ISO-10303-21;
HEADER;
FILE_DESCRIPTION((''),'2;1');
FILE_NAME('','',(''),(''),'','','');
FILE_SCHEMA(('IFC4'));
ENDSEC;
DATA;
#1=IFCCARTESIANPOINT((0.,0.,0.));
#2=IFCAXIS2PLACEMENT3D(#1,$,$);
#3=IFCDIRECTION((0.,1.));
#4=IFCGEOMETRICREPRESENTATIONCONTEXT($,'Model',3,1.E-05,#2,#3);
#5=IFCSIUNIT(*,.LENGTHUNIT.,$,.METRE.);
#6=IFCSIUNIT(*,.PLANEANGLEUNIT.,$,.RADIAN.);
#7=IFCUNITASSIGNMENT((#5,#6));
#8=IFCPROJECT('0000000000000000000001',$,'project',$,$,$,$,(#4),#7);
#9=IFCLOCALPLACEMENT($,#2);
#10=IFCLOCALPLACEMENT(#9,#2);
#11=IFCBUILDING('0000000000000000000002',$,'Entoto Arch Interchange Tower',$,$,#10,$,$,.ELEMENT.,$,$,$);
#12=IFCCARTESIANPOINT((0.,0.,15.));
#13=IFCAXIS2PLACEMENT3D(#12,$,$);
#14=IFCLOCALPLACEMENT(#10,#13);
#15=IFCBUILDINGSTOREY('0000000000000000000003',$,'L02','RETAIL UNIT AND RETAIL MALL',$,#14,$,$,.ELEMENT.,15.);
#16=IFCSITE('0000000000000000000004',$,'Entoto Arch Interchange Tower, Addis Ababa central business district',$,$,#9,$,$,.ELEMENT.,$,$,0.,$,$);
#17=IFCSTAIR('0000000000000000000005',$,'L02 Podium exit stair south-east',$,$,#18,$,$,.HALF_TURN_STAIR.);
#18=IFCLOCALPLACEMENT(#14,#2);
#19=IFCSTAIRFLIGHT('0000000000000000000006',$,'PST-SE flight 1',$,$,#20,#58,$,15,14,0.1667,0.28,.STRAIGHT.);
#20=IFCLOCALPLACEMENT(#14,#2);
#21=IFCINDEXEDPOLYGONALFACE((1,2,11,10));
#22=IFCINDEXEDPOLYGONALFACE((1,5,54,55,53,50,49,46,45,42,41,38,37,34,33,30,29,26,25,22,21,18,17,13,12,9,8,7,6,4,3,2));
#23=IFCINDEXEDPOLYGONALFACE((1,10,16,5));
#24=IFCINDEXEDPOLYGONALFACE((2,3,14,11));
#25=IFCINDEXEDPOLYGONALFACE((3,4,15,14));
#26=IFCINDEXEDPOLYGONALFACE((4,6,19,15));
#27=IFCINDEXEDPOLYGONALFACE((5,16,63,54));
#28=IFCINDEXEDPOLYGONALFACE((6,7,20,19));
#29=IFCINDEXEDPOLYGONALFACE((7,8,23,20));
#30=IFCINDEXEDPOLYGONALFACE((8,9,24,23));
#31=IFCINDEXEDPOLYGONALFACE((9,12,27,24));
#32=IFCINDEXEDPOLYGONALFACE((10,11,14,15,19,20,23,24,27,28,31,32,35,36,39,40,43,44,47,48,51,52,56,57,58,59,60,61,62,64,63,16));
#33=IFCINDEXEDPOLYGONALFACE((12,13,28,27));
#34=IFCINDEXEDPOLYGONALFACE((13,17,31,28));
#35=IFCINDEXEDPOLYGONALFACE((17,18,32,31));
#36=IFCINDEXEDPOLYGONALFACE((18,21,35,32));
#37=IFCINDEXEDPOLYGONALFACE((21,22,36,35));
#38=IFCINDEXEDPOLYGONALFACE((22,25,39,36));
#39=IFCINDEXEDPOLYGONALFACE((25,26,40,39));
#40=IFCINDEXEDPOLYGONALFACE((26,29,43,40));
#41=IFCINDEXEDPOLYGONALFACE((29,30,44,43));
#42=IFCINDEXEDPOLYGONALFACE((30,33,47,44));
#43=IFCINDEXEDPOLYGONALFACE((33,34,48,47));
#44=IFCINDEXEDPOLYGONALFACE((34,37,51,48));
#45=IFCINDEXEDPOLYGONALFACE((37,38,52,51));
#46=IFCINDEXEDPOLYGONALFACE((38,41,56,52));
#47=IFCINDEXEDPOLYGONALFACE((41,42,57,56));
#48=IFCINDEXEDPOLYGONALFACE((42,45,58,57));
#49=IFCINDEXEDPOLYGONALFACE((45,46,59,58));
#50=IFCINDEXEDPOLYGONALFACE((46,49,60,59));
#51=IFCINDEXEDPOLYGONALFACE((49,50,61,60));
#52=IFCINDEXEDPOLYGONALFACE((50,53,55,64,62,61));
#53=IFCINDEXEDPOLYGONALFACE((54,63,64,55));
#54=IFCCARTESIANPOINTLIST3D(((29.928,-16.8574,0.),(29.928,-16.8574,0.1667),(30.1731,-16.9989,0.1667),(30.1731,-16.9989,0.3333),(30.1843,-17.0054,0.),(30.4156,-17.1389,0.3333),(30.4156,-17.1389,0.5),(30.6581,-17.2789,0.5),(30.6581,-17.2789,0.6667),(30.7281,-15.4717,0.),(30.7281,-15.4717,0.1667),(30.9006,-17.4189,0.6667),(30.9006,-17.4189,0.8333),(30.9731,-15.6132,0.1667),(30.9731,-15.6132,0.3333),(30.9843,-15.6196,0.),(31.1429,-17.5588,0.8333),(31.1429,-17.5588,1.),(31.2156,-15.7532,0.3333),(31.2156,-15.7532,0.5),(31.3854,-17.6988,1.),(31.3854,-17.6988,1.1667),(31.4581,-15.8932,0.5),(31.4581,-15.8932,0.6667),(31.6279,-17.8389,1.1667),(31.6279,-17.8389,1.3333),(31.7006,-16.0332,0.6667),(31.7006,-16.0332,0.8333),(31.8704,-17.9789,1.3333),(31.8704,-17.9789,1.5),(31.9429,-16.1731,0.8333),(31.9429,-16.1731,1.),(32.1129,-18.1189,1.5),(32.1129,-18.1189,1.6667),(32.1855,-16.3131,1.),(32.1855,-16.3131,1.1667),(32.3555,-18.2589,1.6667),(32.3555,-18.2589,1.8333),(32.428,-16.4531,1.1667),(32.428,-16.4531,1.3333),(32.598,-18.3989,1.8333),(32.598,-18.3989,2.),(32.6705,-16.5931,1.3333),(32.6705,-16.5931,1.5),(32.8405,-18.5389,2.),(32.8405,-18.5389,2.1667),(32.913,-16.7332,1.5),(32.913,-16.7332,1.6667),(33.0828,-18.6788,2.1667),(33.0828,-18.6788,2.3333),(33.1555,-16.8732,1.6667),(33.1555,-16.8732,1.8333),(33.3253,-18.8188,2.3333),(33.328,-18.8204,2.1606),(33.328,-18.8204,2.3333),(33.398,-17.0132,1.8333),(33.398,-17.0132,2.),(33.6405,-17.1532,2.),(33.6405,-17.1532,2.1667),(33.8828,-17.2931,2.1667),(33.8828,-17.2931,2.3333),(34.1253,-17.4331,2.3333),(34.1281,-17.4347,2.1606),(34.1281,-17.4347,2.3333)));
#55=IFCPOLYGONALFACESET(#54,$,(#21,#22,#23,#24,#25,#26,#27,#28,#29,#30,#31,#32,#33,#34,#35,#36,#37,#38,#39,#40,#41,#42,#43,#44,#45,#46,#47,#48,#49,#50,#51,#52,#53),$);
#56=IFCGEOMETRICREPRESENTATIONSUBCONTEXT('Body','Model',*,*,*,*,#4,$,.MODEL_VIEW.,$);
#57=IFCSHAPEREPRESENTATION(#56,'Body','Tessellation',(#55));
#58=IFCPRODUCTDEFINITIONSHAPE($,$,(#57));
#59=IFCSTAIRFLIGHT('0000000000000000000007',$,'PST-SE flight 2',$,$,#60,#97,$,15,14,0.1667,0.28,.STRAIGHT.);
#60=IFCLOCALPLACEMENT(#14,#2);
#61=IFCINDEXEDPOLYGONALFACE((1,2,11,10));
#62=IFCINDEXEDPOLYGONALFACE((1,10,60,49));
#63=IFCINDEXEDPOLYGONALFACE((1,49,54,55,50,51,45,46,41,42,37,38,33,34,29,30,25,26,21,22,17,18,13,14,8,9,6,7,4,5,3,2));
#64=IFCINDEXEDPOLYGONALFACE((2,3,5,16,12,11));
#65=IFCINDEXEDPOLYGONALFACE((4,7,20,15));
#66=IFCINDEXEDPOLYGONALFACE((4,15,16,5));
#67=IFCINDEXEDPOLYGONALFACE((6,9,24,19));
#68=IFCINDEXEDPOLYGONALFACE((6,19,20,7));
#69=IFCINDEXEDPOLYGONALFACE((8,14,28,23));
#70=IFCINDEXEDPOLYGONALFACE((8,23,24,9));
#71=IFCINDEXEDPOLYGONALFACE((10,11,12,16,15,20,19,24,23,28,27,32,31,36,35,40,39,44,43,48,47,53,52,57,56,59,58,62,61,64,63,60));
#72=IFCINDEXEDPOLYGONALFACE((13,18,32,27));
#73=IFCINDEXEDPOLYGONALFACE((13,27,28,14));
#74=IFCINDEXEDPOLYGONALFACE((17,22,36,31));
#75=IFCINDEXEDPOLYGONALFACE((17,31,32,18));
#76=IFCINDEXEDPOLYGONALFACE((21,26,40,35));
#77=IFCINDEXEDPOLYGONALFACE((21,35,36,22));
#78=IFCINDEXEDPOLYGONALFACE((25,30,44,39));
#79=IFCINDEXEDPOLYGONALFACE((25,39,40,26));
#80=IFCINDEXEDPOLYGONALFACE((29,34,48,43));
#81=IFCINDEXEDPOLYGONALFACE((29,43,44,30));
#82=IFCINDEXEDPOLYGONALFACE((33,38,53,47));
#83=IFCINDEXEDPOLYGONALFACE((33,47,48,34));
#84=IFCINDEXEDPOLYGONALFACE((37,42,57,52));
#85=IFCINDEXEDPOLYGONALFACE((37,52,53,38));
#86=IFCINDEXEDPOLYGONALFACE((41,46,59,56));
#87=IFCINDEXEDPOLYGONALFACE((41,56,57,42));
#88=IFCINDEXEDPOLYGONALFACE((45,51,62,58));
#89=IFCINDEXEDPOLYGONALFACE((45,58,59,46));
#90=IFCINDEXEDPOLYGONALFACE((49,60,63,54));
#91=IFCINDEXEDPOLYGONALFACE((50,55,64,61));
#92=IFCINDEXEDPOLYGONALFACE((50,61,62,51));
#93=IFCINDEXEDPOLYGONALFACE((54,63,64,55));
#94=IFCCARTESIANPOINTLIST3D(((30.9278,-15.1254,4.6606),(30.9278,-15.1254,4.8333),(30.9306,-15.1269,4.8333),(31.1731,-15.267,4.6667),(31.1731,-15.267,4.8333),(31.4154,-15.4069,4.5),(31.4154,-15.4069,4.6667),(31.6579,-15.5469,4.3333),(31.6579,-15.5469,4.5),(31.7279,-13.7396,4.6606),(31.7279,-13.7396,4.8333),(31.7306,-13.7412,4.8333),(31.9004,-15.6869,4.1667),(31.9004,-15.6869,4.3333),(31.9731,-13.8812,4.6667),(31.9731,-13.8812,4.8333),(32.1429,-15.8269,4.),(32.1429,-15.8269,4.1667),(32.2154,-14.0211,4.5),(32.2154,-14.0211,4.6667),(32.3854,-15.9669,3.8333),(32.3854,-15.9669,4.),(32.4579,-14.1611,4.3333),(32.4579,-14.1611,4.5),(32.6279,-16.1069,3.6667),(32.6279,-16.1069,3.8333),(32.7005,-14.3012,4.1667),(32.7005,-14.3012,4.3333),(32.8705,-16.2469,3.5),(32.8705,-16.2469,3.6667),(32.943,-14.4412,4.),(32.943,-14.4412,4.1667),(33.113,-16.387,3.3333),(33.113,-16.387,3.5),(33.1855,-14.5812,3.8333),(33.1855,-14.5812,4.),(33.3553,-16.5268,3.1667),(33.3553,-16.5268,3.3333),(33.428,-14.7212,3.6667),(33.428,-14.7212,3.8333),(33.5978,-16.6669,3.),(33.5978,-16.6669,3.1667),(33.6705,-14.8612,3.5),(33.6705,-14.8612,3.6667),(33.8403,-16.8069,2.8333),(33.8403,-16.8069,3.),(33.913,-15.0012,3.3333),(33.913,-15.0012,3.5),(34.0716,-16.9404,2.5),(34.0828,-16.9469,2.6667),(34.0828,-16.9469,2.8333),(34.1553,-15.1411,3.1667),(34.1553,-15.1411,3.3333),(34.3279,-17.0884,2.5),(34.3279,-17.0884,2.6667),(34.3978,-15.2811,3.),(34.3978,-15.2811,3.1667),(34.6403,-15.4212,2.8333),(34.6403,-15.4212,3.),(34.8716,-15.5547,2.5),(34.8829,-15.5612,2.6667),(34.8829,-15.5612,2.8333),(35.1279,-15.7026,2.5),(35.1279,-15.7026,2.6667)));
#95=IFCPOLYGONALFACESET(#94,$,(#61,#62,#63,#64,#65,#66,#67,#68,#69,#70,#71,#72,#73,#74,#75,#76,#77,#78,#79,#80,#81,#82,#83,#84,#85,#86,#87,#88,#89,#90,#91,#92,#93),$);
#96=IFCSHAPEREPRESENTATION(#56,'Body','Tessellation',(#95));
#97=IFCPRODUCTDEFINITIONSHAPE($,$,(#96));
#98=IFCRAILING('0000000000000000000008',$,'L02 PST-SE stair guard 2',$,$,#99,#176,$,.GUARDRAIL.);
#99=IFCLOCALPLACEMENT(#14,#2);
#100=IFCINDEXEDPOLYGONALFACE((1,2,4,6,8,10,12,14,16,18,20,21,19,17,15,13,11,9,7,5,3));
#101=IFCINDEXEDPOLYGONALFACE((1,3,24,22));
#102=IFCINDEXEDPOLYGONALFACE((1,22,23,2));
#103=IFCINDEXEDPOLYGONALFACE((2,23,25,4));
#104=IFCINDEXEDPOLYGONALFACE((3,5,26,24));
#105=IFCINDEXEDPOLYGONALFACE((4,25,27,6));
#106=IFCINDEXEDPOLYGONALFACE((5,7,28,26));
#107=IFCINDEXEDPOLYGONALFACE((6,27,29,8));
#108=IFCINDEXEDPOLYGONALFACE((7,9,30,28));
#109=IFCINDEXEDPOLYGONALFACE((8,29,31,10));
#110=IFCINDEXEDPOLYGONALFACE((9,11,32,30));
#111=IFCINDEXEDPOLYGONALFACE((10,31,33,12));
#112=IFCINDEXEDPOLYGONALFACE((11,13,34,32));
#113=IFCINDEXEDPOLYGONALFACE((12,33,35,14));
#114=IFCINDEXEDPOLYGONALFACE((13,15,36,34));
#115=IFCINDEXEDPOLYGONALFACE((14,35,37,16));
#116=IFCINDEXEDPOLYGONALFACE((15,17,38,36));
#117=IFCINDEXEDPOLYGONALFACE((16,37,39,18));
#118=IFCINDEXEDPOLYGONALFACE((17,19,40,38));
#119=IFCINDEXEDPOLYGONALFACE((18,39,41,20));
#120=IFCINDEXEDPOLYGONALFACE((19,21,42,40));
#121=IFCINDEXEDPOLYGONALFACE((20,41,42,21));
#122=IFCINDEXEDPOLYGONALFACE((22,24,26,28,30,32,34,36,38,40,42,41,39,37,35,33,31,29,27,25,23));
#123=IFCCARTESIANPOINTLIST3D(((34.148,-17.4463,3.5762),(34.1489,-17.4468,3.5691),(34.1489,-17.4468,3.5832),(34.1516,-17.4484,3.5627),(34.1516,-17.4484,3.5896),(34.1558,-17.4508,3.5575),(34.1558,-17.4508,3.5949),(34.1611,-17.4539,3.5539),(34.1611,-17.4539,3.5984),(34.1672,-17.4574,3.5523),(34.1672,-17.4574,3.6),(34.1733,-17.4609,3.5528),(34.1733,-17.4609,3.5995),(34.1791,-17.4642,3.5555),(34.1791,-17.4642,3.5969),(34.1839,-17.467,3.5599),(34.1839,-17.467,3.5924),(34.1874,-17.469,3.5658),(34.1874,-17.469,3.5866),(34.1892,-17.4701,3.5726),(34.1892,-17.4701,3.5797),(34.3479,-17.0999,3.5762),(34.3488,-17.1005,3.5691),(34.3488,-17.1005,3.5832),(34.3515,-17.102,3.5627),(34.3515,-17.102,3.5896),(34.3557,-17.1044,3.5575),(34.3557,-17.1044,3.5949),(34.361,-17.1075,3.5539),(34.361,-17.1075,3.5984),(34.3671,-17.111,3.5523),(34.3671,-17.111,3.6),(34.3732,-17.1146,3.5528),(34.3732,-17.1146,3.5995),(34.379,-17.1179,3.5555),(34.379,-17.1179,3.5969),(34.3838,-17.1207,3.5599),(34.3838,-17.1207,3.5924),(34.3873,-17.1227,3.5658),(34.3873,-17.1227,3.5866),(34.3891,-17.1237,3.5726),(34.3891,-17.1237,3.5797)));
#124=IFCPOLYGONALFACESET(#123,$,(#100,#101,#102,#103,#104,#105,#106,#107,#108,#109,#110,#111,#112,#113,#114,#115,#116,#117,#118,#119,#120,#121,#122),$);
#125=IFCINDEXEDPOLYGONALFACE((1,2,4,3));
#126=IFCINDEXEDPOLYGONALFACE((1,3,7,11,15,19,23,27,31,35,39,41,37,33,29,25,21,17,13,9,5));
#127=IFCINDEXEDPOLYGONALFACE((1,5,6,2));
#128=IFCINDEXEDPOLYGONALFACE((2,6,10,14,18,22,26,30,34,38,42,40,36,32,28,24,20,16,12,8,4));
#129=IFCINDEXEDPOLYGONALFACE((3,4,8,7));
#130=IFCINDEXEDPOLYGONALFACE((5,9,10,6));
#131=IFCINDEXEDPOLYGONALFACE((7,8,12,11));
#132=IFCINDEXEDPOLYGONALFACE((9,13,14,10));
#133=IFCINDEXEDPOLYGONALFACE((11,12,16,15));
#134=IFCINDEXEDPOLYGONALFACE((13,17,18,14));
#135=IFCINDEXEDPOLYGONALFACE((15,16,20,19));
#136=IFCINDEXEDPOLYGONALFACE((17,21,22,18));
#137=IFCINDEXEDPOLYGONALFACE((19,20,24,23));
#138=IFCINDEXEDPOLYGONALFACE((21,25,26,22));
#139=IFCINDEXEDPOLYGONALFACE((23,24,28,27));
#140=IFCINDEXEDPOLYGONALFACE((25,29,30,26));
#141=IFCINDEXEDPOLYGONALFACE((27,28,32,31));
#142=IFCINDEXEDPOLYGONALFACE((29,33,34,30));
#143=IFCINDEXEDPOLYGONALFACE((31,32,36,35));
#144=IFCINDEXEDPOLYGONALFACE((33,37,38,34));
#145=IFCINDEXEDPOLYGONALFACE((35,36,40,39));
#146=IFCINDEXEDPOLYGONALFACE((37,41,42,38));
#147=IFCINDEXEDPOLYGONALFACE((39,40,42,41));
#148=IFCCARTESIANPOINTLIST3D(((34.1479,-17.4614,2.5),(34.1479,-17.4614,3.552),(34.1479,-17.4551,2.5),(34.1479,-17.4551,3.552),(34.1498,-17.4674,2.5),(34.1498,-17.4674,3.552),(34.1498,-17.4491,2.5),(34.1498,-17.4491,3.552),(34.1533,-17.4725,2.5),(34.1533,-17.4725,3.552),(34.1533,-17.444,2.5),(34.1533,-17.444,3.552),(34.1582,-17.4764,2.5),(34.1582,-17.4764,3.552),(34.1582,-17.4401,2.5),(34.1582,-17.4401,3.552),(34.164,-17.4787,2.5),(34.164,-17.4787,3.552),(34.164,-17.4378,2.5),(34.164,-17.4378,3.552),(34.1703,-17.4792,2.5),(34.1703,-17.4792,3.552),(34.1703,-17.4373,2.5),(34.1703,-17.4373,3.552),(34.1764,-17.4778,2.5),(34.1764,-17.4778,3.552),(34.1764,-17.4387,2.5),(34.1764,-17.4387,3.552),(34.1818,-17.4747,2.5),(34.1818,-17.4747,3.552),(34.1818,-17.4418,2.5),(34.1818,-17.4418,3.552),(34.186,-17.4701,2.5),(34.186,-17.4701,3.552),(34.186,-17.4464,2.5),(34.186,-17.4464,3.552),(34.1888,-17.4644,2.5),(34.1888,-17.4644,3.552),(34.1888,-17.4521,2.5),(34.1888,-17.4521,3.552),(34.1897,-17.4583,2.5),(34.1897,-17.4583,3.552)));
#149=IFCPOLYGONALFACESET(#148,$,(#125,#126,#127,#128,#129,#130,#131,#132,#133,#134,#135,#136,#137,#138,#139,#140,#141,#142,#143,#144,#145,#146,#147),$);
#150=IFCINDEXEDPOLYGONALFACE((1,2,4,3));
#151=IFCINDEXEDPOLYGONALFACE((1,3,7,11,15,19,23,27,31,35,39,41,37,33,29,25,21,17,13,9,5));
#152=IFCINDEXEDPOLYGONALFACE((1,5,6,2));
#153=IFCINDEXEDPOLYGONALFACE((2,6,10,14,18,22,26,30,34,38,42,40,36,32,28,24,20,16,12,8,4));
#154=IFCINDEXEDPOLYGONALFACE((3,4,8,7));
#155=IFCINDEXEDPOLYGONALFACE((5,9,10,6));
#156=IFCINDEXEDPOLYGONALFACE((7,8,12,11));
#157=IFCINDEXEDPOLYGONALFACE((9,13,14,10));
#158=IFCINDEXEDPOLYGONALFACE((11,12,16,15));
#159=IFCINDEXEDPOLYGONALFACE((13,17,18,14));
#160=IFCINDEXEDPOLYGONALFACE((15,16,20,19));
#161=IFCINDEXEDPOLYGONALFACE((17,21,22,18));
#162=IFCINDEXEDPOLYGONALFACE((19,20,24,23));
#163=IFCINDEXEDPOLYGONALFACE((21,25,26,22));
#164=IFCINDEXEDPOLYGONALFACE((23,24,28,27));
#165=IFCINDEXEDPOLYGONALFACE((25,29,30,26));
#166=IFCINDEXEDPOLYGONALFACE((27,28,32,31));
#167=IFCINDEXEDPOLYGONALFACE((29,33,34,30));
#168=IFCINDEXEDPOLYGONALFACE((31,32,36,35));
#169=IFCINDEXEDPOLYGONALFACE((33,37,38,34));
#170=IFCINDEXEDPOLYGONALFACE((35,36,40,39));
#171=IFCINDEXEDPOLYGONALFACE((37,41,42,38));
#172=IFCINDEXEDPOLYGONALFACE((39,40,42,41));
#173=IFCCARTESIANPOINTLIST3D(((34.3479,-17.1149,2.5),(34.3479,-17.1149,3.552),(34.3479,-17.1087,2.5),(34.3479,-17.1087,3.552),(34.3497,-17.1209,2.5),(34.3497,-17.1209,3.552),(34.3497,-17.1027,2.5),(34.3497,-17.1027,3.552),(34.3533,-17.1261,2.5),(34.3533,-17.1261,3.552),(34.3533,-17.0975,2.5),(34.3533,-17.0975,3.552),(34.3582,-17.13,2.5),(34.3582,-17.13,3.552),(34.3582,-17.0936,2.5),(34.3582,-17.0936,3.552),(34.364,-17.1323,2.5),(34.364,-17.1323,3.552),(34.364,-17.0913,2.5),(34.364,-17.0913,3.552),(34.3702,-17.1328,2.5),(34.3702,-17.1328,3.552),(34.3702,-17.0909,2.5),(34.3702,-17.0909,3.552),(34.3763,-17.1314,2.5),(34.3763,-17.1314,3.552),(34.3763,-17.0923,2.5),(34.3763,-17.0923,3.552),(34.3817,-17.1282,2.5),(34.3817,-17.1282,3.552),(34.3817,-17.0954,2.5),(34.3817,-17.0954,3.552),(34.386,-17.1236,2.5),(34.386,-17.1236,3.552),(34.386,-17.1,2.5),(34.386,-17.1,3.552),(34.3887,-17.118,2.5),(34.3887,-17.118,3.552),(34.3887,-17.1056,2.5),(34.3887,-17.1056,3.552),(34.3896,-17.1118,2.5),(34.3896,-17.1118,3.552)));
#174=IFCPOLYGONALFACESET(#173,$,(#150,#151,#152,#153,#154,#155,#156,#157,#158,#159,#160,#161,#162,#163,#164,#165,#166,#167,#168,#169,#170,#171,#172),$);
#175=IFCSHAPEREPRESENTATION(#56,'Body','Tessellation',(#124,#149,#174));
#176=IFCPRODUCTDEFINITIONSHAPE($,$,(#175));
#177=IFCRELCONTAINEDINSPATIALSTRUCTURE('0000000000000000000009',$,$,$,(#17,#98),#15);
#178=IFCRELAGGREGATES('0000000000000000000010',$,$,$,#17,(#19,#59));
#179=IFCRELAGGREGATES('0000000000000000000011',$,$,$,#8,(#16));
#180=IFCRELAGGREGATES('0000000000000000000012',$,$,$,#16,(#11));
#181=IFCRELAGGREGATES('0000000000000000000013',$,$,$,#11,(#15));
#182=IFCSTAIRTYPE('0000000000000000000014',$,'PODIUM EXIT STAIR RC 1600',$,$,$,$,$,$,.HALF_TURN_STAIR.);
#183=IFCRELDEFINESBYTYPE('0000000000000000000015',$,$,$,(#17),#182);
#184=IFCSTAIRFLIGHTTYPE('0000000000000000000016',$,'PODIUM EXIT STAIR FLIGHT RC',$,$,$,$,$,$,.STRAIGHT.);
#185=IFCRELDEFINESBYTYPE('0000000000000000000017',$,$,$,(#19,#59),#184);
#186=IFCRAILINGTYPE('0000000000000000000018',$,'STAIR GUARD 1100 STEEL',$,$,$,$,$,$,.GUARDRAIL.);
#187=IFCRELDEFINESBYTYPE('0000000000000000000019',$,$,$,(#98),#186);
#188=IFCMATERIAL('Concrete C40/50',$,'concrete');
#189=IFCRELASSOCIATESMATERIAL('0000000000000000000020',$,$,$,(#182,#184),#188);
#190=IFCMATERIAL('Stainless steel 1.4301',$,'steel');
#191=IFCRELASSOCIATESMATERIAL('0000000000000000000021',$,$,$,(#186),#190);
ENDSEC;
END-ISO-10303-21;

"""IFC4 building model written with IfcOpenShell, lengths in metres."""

from ifc_helpers import new_model, si_unit, direction, frame, origin, origin_2d, place, context, subcontext, project, spatial, polyline, circle, outline, extrude, material, type_object, element, aggregate, save


model = new_model("IFC4")

# Units and contexts
model_context = context("Model", 3, precision=1e-05, world=origin(), true_north=direction((0.0, 1.0)))
body_context = subcontext(model_context, "Body", "Model", "MODEL_VIEW")
ifc_project = project(units=[si_unit("LENGTHUNIT", "METRE"), si_unit("PLANEANGLEUNIT", "RADIAN")], contexts=[model_context])

# Site, building, storey
site_placement = place(None, origin())
site = spatial("IfcSite", under=ifc_project, at=site_placement, Name="Entoto Arch Interchange Tower, Addis Ababa central business district", CompositionType="ELEMENT", RefElevation=0.0)
building_placement = place(site_placement, origin())
building = spatial("IfcBuilding", under=site, at=building_placement, Name="Entoto Arch Interchange Tower", CompositionType="ELEMENT")
storey_placement = place(building_placement, frame((0.0, 0.0, 15.0)))
storey = spatial("IfcBuildingStorey", under=building, at=storey_placement, Name="L02", Description="RETAIL UNIT AND RETAIL MALL", CompositionType="ELEMENT", Elevation=15.0)

# Shared definitions
ifc_material_1 = material(Name="Concrete C40/50", Category="concrete")

# Stair, stair flights
stair_type = type_object("IfcStairType", Name="PODIUM EXIT STAIR RC 1600", PredefinedType="HALF_TURN_STAIR", material=ifc_material_1)
stair_placement = place(storey_placement, origin())
stair = element("IfcStair", 1, at=stair_placement, inside=storey, type_object=stair_type, Name="L02 Podium exit stair south-east", PredefinedType="HALF_TURN_STAIR")
stair_flight_type = type_object("IfcStairFlightType", Name="PODIUM EXIT STAIR FLIGHT RC", PredefinedType="STRAIGHT", material=ifc_material_1)
stair_flight_1_placement = place(storey_placement, frame((30.3306, -16.166, 0.0), z_axis=(0.0, 0.0, 1.0), x_axis=(0.866025, -0.5, 0.0)))
stair_flight_1 = element("IfcStairFlight", 2, at=stair_flight_1_placement, type_object=stair_flight_type, Name="PST-SE flight 1", NumberOfRisers=15, NumberOfTreads=14, PredefinedType="STRAIGHT", RiserHeight=0.1667, TreadLength=0.28, context=body_context, shape_type="SweptSolid", body=[
    extrude(outline(polyline([(-0.0029, 0.0), (-0.0029, 0.1667), (0.28, 0.1667), (0.28, 0.3333), (0.5601, 0.3333), (0.5601, 0.5), (0.8401, 0.5), (0.8401, 0.6667), (1.1201, 0.6667), (1.1201, 0.8333), (1.3999, 0.8333), (1.3999, 1.0), (1.6799, 1.0), (1.6799, 1.1667), (1.96, 1.1667), (1.96, 1.3333), (2.24, 1.3333), (2.24, 1.5), (2.52, 1.5), (2.52, 1.6667), (2.8, 1.6667), (2.8, 1.8333), (3.0801, 1.8333), (3.0801, 2.0), (3.3601, 2.0), (3.3601, 2.1667), (3.6399, 2.1667), (3.6399, 2.3333), (3.9199, 2.3333), (3.9231, 2.3333), (3.9231, 2.1606), (0.293, 0.0), (-0.0029, 0.0)])), frame((0.0, 0.8, 0.0), z_axis=(0.0, -1.0, 0.0), x_axis=(1.0, 0.0, 0.0)), (0.0, 0.0, 1.0), 1.6001),
])
stair_flight_2_placement = place(storey_placement, frame((34.7253, -16.394, 2.5), z_axis=(0.0, 0.0, 1.0), x_axis=(-0.866025, 0.5, 0.0)))
stair_flight_2 = element("IfcStairFlight", 3, at=stair_flight_2_placement, type_object=stair_flight_type, Name="PST-SE flight 2", NumberOfRisers=15, NumberOfTreads=14, PredefinedType="STRAIGHT", RiserHeight=0.1667, TreadLength=0.28, context=body_context, shape_type="SweptSolid", body=[
    extrude(outline(polyline([(-0.0029, 0.0), (-0.0029, 0.1667), (0.28, 0.1667), (0.28, 0.3333), (0.5601, 0.3333), (0.5601, 0.5), (0.8401, 0.5), (0.8401, 0.6667), (1.1201, 0.6667), (1.1201, 0.8333), (1.3999, 0.8333), (1.3999, 1.0), (1.6799, 1.0), (1.6799, 1.1667), (1.96, 1.1667), (1.96, 1.3333), (2.24, 1.3333), (2.24, 1.5), (2.52, 1.5), (2.52, 1.6667), (2.8, 1.6667), (2.8, 1.8333), (3.0801, 1.8333), (3.0801, 2.0), (3.3601, 2.0), (3.3601, 2.1667), (3.6399, 2.1667), (3.6399, 2.3333), (3.9199, 2.3333), (3.9231, 2.3333), (3.9231, 2.1606), (0.293, 0.0), (-0.0029, 0.0)])), frame((0.0, 0.8, 0.0), z_axis=(0.0, -1.0, 0.0), x_axis=(1.0, 0.0, 0.0)), (0.0, 0.0, 1.0), 1.6001),
])
aggregate(stair, [stair_flight_1, stair_flight_2])

# Railing
ifc_material_2 = material(Name="Stainless steel 1.4301", Category="steel")
railing_type_1 = type_object("IfcRailingType", Name="STAIR GUARD 1100 STEEL", PredefinedType="GUARDRAIL", material=ifc_material_2)
railing_1_placement = place(storey_placement, frame((34.1687, -17.4583, 2.5)))
element("IfcRailing", 4, at=railing_1_placement, inside=storey, type_object=railing_type_1, Name="L02 PST-SE stair guard 2", PredefinedType="GUARDRAIL", context=body_context, shape_type="SweptSolid", body=[
    extrude(circle(Radius=0.0239, at=origin_2d()), frame((0.0, 0.0, 1.0762), z_axis=(0.499881, 0.866094, 0.0), x_axis=(-0.866094, 0.499881, 0.0)), (0.0, 0.0, 1.0), 0.3999),
    extrude(circle(Radius=0.021, at=origin_2d()), origin(), (0.0, 0.0, 1.0), 1.052),
    extrude(circle(Radius=0.021, at=origin_2d()), frame((0.2, 0.3464, 0.0)), (0.0, 0.0, 1.0), 1.052),
])

save(model, "model.ifc")
